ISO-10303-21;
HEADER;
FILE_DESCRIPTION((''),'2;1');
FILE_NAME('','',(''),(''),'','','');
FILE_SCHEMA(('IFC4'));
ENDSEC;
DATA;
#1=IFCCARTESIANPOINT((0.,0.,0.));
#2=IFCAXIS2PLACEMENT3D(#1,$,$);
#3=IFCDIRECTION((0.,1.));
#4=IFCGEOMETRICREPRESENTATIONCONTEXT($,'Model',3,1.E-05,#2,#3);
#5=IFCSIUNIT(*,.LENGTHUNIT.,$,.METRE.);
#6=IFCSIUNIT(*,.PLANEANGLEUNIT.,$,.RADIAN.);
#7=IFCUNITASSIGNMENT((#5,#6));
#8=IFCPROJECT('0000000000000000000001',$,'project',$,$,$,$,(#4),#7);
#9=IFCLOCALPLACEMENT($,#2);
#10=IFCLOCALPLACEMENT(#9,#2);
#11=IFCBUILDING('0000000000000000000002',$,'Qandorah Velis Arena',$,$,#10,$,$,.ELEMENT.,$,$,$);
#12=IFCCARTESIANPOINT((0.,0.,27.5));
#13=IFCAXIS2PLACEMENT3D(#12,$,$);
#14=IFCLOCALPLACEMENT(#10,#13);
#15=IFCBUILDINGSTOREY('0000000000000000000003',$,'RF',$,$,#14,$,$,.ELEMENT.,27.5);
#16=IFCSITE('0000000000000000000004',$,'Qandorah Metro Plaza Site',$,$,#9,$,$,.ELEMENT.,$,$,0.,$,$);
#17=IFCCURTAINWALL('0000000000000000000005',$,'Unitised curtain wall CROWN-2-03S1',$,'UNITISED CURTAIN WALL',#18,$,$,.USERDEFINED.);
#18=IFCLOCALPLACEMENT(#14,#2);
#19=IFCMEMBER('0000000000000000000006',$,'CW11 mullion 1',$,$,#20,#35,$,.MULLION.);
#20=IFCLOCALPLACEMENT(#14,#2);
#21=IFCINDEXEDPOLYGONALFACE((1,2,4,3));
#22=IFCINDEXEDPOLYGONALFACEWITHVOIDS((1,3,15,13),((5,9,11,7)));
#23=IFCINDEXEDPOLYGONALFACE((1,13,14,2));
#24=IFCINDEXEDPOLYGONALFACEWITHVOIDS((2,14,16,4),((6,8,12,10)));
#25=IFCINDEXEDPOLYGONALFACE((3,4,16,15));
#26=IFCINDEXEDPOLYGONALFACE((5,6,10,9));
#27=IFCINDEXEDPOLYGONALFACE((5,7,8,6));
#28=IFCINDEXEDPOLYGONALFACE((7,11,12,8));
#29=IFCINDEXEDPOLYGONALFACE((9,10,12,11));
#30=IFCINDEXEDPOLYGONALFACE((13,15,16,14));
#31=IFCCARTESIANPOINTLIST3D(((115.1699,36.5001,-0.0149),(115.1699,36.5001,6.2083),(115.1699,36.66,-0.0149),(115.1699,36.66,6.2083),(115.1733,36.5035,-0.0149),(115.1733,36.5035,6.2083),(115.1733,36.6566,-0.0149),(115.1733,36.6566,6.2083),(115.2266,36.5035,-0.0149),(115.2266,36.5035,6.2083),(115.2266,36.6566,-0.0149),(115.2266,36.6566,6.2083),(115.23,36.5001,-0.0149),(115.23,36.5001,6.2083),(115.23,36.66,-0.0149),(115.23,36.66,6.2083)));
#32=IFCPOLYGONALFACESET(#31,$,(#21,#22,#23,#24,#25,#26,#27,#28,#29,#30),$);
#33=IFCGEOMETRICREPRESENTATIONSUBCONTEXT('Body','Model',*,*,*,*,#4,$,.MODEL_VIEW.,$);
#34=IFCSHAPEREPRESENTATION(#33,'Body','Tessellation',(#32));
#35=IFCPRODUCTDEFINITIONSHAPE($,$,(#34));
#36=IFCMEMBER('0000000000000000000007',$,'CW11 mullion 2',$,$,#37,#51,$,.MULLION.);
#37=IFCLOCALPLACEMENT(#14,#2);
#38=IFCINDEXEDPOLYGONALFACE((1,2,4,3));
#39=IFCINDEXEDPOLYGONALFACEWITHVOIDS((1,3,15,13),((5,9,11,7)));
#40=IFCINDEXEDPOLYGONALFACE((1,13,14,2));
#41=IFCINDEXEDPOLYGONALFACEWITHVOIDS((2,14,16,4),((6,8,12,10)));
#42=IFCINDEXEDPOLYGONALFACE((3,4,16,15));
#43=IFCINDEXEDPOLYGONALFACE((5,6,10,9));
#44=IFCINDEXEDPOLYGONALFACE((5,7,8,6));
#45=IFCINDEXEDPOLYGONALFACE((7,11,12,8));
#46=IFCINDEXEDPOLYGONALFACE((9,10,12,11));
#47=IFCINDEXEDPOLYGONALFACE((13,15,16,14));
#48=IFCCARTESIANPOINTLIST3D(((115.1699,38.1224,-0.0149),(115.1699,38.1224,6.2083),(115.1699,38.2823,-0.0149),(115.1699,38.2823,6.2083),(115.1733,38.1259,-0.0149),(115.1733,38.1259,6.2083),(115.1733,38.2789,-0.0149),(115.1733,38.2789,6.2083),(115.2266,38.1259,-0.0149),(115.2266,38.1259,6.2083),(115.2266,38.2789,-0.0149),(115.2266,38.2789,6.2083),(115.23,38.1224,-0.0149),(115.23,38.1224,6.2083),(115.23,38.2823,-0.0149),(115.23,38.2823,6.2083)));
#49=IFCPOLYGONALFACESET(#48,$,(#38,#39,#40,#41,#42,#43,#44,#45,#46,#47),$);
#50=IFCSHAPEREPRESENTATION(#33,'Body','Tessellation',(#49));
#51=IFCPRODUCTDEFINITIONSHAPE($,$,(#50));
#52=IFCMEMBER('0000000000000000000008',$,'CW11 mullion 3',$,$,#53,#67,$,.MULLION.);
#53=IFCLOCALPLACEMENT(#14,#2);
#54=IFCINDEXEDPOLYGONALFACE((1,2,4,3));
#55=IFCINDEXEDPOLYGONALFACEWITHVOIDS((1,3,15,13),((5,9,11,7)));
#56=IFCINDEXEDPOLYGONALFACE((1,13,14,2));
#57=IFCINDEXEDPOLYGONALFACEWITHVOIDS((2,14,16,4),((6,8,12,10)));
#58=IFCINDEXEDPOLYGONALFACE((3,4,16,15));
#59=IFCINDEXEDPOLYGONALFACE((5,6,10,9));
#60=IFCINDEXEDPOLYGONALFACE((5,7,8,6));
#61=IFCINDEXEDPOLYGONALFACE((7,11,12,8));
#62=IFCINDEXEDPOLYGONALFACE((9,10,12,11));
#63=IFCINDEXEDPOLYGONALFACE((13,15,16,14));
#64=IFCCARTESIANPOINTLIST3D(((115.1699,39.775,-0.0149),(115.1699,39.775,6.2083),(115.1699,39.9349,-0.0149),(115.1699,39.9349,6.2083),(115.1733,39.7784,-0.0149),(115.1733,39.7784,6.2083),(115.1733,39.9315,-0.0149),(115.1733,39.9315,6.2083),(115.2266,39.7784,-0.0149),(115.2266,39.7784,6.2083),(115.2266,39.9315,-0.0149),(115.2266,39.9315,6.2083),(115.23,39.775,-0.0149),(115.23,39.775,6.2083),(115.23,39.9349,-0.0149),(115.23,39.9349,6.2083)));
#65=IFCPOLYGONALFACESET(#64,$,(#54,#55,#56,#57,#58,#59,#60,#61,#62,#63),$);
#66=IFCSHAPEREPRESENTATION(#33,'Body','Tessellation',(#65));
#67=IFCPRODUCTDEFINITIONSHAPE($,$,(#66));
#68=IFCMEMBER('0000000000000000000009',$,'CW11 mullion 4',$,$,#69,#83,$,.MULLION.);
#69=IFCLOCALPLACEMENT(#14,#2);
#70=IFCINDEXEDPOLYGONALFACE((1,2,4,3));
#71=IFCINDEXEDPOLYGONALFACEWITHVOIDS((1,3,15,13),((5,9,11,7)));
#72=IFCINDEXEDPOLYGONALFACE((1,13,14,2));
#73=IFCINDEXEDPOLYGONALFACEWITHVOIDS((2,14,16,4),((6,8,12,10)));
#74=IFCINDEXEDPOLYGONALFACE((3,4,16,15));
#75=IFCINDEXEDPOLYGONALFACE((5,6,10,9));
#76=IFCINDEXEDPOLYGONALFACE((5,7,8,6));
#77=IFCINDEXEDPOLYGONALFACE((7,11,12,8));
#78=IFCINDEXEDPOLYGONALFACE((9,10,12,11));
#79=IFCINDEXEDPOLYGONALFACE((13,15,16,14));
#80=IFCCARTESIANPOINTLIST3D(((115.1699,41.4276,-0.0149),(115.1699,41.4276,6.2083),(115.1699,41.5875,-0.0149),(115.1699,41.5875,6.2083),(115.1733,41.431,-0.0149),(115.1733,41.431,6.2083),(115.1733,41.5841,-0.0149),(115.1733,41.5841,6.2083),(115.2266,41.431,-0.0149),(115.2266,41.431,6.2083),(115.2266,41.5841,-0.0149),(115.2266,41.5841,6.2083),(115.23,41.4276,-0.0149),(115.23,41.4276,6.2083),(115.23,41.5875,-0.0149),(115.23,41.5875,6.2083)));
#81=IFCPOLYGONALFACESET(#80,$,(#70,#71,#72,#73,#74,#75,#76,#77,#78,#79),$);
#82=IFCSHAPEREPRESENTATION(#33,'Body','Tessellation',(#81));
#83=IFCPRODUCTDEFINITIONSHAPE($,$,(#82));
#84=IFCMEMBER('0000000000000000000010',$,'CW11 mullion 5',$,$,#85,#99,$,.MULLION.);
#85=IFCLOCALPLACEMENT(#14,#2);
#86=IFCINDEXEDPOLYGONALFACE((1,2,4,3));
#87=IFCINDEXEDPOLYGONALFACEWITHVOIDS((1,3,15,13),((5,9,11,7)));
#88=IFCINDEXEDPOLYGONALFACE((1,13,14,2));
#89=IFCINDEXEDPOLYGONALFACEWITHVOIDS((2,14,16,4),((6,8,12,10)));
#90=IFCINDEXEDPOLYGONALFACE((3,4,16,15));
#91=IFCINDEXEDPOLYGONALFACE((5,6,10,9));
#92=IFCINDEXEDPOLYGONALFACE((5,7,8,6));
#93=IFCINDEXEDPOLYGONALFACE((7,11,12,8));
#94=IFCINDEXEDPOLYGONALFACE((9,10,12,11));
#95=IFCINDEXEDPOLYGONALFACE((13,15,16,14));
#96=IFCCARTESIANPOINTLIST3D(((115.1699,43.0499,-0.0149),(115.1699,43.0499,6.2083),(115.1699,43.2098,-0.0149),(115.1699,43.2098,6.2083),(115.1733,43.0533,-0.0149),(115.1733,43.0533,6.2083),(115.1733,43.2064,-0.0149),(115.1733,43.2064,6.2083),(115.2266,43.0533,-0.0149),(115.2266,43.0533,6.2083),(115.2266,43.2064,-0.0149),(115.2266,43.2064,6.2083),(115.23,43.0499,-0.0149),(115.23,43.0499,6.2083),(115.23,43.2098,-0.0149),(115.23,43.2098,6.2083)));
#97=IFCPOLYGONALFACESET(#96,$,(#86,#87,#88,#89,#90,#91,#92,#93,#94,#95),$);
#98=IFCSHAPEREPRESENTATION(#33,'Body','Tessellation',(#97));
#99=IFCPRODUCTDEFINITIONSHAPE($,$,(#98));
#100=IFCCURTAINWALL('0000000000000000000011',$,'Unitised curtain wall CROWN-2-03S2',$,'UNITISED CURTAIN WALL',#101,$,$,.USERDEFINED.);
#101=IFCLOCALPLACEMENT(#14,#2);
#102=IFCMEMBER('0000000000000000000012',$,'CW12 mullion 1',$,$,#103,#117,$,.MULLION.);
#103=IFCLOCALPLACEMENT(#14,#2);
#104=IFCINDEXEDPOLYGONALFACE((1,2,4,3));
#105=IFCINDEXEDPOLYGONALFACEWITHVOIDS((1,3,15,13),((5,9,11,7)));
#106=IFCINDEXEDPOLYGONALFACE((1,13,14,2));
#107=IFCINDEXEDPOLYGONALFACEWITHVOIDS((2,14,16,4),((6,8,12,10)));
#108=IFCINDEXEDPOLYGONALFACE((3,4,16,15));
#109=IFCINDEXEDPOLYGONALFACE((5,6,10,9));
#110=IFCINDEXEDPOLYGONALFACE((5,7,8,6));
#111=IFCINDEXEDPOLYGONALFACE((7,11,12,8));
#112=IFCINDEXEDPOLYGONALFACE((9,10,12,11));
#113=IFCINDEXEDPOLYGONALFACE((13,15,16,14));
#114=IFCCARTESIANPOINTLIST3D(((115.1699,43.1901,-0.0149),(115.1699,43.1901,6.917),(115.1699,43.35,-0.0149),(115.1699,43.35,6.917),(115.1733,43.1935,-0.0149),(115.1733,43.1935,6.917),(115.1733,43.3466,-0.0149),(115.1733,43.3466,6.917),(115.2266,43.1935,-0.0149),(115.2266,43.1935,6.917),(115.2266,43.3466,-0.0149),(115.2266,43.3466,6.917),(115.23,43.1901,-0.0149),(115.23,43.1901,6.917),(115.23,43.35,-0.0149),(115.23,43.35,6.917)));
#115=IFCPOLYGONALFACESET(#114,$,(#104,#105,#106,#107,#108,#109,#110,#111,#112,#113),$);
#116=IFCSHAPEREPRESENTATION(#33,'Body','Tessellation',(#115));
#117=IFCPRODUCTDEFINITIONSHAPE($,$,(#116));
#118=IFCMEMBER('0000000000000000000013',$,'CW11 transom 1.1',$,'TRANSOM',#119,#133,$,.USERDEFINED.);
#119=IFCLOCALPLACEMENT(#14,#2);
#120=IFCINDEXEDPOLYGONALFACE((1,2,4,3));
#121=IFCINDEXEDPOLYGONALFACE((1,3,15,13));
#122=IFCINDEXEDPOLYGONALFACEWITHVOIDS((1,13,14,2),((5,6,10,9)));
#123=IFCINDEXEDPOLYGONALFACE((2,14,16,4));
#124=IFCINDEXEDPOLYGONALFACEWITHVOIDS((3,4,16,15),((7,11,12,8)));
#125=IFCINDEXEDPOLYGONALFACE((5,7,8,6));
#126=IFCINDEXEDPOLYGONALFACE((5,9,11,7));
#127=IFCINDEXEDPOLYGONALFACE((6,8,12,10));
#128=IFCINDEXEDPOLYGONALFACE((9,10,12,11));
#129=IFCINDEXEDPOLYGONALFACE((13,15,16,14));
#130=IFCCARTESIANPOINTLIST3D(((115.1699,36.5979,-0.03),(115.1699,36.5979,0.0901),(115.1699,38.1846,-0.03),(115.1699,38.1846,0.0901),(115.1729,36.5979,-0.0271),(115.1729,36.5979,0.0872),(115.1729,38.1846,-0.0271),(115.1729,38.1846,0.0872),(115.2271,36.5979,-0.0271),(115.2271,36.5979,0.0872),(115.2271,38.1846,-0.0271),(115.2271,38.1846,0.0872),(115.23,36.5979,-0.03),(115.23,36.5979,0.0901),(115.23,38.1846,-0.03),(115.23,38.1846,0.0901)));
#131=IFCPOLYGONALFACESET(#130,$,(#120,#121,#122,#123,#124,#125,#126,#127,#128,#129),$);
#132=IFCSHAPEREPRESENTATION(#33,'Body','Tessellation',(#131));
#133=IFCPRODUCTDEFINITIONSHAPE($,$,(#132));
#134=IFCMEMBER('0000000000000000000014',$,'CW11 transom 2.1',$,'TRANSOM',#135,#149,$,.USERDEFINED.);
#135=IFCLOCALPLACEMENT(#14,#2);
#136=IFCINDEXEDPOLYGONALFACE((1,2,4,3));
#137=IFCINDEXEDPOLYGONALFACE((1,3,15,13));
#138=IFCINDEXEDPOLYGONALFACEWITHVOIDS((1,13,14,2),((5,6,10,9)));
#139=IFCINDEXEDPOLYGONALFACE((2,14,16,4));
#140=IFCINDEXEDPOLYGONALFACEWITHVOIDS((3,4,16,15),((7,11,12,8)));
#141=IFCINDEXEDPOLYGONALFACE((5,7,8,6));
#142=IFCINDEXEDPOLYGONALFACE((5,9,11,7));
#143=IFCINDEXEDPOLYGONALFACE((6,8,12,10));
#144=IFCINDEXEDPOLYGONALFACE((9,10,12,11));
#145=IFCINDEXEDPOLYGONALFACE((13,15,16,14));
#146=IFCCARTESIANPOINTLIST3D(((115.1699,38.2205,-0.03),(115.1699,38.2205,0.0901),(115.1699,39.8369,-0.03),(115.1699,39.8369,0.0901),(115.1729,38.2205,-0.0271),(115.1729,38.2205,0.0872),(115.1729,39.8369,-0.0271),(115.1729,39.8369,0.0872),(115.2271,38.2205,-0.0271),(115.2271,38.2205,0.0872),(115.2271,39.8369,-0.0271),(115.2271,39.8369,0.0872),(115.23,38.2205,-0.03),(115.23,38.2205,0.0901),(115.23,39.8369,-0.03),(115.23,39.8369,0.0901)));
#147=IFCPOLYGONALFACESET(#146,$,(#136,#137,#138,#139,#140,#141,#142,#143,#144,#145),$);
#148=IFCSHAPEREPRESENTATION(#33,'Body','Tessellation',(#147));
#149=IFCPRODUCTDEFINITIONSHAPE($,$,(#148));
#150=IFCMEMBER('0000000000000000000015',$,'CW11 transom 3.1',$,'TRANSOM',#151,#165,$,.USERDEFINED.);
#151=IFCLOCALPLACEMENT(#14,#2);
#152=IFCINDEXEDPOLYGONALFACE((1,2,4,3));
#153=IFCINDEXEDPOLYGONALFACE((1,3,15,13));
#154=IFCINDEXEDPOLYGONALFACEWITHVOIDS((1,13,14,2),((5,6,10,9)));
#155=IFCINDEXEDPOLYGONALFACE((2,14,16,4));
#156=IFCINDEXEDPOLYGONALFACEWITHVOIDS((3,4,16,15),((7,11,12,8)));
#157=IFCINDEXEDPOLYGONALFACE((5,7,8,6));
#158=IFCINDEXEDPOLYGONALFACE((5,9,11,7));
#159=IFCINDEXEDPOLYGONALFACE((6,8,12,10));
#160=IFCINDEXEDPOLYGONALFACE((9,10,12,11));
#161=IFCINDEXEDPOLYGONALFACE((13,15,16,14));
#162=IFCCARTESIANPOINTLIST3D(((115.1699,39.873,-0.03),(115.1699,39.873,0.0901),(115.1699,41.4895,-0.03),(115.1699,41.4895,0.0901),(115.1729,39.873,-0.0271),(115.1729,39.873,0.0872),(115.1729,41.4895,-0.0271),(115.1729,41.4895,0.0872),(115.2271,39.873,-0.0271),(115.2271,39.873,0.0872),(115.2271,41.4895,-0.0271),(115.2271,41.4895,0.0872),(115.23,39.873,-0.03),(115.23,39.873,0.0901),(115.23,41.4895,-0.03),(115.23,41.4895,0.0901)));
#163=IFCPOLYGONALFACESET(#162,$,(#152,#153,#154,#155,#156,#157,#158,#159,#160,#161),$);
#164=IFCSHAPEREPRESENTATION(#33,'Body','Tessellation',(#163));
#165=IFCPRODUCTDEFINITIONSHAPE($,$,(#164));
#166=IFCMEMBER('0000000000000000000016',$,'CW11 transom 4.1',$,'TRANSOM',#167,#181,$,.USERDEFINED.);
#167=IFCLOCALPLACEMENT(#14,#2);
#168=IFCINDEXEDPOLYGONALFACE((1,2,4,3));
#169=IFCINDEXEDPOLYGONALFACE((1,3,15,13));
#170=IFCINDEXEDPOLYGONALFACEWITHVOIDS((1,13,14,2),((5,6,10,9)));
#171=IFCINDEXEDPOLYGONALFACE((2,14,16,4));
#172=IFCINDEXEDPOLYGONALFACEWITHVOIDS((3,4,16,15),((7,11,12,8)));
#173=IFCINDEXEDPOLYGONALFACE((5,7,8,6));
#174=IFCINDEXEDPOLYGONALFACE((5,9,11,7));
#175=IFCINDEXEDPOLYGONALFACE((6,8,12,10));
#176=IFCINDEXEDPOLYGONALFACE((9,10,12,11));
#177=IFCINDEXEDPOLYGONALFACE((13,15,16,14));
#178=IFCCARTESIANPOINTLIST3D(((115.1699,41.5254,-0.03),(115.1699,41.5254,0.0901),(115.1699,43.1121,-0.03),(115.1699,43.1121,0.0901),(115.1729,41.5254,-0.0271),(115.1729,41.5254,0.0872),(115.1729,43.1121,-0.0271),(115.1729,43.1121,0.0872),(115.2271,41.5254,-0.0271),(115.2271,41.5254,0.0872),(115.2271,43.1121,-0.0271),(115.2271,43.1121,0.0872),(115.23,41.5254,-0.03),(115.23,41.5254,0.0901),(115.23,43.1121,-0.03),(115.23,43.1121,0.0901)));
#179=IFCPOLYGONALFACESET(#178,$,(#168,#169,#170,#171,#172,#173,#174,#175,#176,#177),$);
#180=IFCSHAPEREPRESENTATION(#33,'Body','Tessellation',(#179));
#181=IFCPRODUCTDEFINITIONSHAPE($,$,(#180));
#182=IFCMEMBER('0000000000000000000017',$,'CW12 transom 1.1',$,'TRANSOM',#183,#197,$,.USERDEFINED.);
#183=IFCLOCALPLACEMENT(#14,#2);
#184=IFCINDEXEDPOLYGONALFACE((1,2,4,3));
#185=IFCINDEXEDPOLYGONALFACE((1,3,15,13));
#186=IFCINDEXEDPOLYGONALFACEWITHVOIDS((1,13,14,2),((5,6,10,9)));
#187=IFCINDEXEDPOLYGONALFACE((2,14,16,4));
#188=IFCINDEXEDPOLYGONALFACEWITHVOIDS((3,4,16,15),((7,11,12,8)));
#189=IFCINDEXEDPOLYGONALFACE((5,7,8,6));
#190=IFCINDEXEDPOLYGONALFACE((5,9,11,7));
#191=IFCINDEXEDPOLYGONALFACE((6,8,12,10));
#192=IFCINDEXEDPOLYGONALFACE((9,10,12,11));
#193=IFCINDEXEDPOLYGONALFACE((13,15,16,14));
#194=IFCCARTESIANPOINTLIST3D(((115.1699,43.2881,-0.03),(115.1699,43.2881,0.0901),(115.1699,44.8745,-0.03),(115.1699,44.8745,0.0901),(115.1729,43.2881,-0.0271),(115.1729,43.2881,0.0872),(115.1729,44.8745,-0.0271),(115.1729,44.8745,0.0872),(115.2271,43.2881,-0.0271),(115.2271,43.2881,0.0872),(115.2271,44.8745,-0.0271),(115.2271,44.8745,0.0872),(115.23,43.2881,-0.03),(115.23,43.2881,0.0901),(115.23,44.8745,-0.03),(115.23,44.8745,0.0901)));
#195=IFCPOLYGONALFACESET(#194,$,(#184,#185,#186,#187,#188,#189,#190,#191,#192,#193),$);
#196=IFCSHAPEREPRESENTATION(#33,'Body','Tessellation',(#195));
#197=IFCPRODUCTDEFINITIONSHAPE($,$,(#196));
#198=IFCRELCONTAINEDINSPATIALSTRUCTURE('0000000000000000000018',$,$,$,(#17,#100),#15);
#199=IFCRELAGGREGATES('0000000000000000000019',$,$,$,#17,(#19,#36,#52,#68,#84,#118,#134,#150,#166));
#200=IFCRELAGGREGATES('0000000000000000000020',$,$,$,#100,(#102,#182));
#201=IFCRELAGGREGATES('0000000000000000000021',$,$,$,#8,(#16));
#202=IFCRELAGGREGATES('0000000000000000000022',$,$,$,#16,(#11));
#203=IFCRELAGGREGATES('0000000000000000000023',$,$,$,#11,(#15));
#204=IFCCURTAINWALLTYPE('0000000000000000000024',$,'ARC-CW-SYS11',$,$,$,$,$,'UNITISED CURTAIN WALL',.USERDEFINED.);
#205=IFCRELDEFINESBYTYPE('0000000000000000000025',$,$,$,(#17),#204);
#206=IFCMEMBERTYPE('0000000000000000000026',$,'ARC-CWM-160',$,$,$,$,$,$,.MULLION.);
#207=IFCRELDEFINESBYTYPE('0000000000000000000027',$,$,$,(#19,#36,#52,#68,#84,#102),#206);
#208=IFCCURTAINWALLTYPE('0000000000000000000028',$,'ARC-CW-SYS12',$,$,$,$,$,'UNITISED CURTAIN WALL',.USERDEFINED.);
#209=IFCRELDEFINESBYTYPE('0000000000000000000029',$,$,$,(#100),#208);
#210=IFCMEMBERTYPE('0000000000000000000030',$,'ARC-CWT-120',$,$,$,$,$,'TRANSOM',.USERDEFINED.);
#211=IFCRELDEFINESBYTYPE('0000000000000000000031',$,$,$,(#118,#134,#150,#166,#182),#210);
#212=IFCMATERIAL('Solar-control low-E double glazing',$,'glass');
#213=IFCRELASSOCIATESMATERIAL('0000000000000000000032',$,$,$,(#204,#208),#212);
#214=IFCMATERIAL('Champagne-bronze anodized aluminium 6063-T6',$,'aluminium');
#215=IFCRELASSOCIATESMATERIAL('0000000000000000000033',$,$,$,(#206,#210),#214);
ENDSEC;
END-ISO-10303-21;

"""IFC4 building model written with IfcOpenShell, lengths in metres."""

from ifc_helpers import new_model, si_unit, direction, frame, origin, origin_2d, place, context, subcontext, project, spatial, hollow_rectangle, extrude, material, material_profile, profile_set, type_object, element, aggregate, save


model = new_model("IFC4")

# Units and contexts
model_context = context("Model", 3, precision=1e-05, world=origin(), true_north=direction((0.0, 1.0)))
body_context = subcontext(model_context, "Body", "Model", "MODEL_VIEW")
ifc_project = project(units=[si_unit("LENGTHUNIT", "METRE"), si_unit("PLANEANGLEUNIT", "RADIAN")], contexts=[model_context])

# Site, building, storey
site_placement = place(None, origin())
site = spatial("IfcSite", under=ifc_project, at=site_placement, Name="Qandorah Metro Plaza Site", CompositionType="ELEMENT", RefElevation=0.0)
building_placement = place(site_placement, origin())
building = spatial("IfcBuilding", under=site, at=building_placement, Name="Qandorah Velis Arena", CompositionType="ELEMENT")
storey_placement = place(building_placement, frame((0.0, 0.0, 27.5)))
storey = spatial("IfcBuildingStorey", under=building, at=storey_placement, Name="RF", CompositionType="ELEMENT", Elevation=27.5)

# Curtain wall, members
ifc_material_1 = material(Name="Solar-control low-E double glazing", Category="glass")
curtain_wall_type_1 = type_object("IfcCurtainWallType", Name="ARC-CW-SYS11", ElementType="UNITISED CURTAIN WALL", PredefinedType="USERDEFINED", material=ifc_material_1)
curtain_wall_1_placement = place(storey_placement, origin())
curtain_wall_1 = element("IfcCurtainWall", 1, at=curtain_wall_1_placement, inside=storey, type_object=curtain_wall_type_1, Name="Unitised curtain wall CROWN-2-03S1", ObjectType="UNITISED CURTAIN WALL", PredefinedType="USERDEFINED")
ifc_material_2 = material(Name="Champagne-bronze anodized aluminium 6063-T6", Category="aluminium")
ifc_material_profile_1 = material_profile(ifc_material_2, hollow_rectangle(XDim=0.0601, YDim=0.1599, WallThickness=0.0034, at=origin_2d()), Name="ALU MULLION 60x160")
ifc_profile_set_1 = profile_set([ifc_material_profile_1], Name="Champagne-bronze anodized aluminium 6063-T6")
member_type_1 = type_object("IfcMemberType", Name="ARC-CWM-160", PredefinedType="MULLION", material=ifc_profile_set_1)
member_1_placement = place(storey_placement, frame((115.2, 36.5801, -0.0149), z_axis=(0.0, 0.0, 1.0), x_axis=(-1.0, 0.0, 0.0)))
member_1 = element("IfcMember", 2, at=member_1_placement, type_object=member_type_1, Name="CW11 mullion 1", PredefinedType="MULLION", context=body_context, shape_type="SweptSolid", body=[
    extrude(hollow_rectangle(XDim=0.0601, YDim=0.1599, WallThickness=0.0034, at=origin_2d()), origin(), (0.0, 0.0, 1.0), 6.2231),
])
member_2_placement = place(storey_placement, frame((115.2, 38.2024, -0.0149), z_axis=(0.0, 0.0, 1.0), x_axis=(-1.0, 0.0, 0.0)))
member_2 = element("IfcMember", 3, at=member_2_placement, type_object=member_type_1, Name="CW11 mullion 2", PredefinedType="MULLION", context=body_context, shape_type="SweptSolid", body=[
    extrude(hollow_rectangle(XDim=0.0601, YDim=0.1599, WallThickness=0.0034, at=origin_2d()), origin(), (0.0, 0.0, 1.0), 6.2231),
])
member_3_placement = place(storey_placement, frame((115.2, 39.855, -0.0149), z_axis=(0.0, 0.0, 1.0), x_axis=(-1.0, 0.0, 0.0)))
member_3 = element("IfcMember", 4, at=member_3_placement, type_object=member_type_1, Name="CW11 mullion 3", PredefinedType="MULLION", context=body_context, shape_type="SweptSolid", body=[
    extrude(hollow_rectangle(XDim=0.0601, YDim=0.1599, WallThickness=0.0034, at=origin_2d()), origin(), (0.0, 0.0, 1.0), 6.2231),
])
member_4_placement = place(storey_placement, frame((115.2, 41.5076, -0.0149), z_axis=(0.0, 0.0, 1.0), x_axis=(-1.0, 0.0, 0.0)))
member_4 = element("IfcMember", 5, at=member_4_placement, type_object=member_type_1, Name="CW11 mullion 4", PredefinedType="MULLION", context=body_context, shape_type="SweptSolid", body=[
    extrude(hollow_rectangle(XDim=0.0601, YDim=0.1599, WallThickness=0.0034, at=origin_2d()), origin(), (0.0, 0.0, 1.0), 6.2231),
])
member_5_placement = place(storey_placement, frame((115.2, 43.1299, -0.0149), z_axis=(0.0, 0.0, 1.0), x_axis=(-1.0, 0.0, 0.0)))
member_5 = element("IfcMember", 6, at=member_5_placement, type_object=member_type_1, Name="CW11 mullion 5", PredefinedType="MULLION", context=body_context, shape_type="SweptSolid", body=[
    extrude(hollow_rectangle(XDim=0.0601, YDim=0.1599, WallThickness=0.0034, at=origin_2d()), origin(), (0.0, 0.0, 1.0), 6.2231),
])

# Curtain wall, member
curtain_wall_type_2 = type_object("IfcCurtainWallType", Name="ARC-CW-SYS12", ElementType="UNITISED CURTAIN WALL", PredefinedType="USERDEFINED", material=ifc_material_1)
curtain_wall_2_placement = place(storey_placement, origin())
curtain_wall_2 = element("IfcCurtainWall", 7, at=curtain_wall_2_placement, inside=storey, type_object=curtain_wall_type_2, Name="Unitised curtain wall CROWN-2-03S2", ObjectType="UNITISED CURTAIN WALL", PredefinedType="USERDEFINED")
member_6_placement = place(storey_placement, frame((115.2, 43.27, -0.0149), z_axis=(0.0, 0.0, 1.0), x_axis=(-1.0, 0.0, 0.0)))
member_6 = element("IfcMember", 8, at=member_6_placement, type_object=member_type_1, Name="CW12 mullion 1", PredefinedType="MULLION", context=body_context, shape_type="SweptSolid", body=[
    extrude(hollow_rectangle(XDim=0.0601, YDim=0.1599, WallThickness=0.0034, at=origin_2d()), origin(), (0.0, 0.0, 1.0), 6.9319),
])

# Members
ifc_material_profile_2 = material_profile(ifc_material_2, hollow_rectangle(XDim=0.0601, YDim=0.1201, WallThickness=0.0029, at=origin_2d()), Name="ALU TRANSOM 60x120")
ifc_profile_set_2 = profile_set([ifc_material_profile_2], Name="Champagne-bronze anodized aluminium 6063-T6")
member_type_2 = type_object("IfcMemberType", Name="ARC-CWT-120", ElementType="TRANSOM", PredefinedType="USERDEFINED", material=ifc_profile_set_2)
member_7_placement = place(storey_placement, frame((115.2, 36.5979, 0.03), z_axis=(0.0, 1.0, 0.0), x_axis=(-1.0, 0.0, 0.0)))
member_7 = element("IfcMember", 9, at=member_7_placement, type_object=member_type_2, Name="CW11 transom 1.1", ObjectType="TRANSOM", PredefinedType="USERDEFINED", context=body_context, shape_type="SweptSolid", body=[
    extrude(hollow_rectangle(XDim=0.0601, YDim=0.1201, WallThickness=0.0029, at=origin_2d()), origin(), (0.0, 0.0, 1.0), 1.5867),
])
member_8_placement = place(storey_placement, frame((115.2, 38.2205, 0.03), z_axis=(0.0, 1.0, 0.0), x_axis=(-1.0, 0.0, 0.0)))
member_8 = element("IfcMember", 10, at=member_8_placement, type_object=member_type_2, Name="CW11 transom 2.1", ObjectType="TRANSOM", PredefinedType="USERDEFINED", context=body_context, shape_type="SweptSolid", body=[
    extrude(hollow_rectangle(XDim=0.0601, YDim=0.1201, WallThickness=0.0029, at=origin_2d()), origin(), (0.0, 0.0, 1.0), 1.6165),
])
member_9_placement = place(storey_placement, frame((115.2, 39.873, 0.03), z_axis=(0.0, 1.0, 0.0), x_axis=(-1.0, 0.0, 0.0)))
member_9 = element("IfcMember", 11, at=member_9_placement, type_object=member_type_2, Name="CW11 transom 3.1", ObjectType="TRANSOM", PredefinedType="USERDEFINED", context=body_context, shape_type="SweptSolid", body=[
    extrude(hollow_rectangle(XDim=0.0601, YDim=0.1201, WallThickness=0.0029, at=origin_2d()), origin(), (0.0, 0.0, 1.0), 1.6165),
])
member_10_placement = place(storey_placement, frame((115.2, 41.5254, 0.03), z_axis=(0.0, 1.0, 0.0), x_axis=(-1.0, 0.0, 0.0)))
member_10 = element("IfcMember", 12, at=member_10_placement, type_object=member_type_2, Name="CW11 transom 4.1", ObjectType="TRANSOM", PredefinedType="USERDEFINED", context=body_context, shape_type="SweptSolid", body=[
    extrude(hollow_rectangle(XDim=0.0601, YDim=0.1201, WallThickness=0.0029, at=origin_2d()), origin(), (0.0, 0.0, 1.0), 1.5867),
])
member_11_placement = place(storey_placement, frame((115.2, 43.2881, 0.03), z_axis=(0.0, 1.0, 0.0), x_axis=(-1.0, 0.0, 0.0)))
member_11 = element("IfcMember", 13, at=member_11_placement, type_object=member_type_2, Name="CW12 transom 1.1", ObjectType="TRANSOM", PredefinedType="USERDEFINED", context=body_context, shape_type="SweptSolid", body=[
    extrude(hollow_rectangle(XDim=0.0601, YDim=0.1201, WallThickness=0.0029, at=origin_2d()), origin(), (0.0, 0.0, 1.0), 1.5864),
])

aggregate(curtain_wall_1, [member_1, member_2, member_3, member_4, member_5, member_7, member_8, member_9, member_10])
aggregate(curtain_wall_2, [member_6, member_11])

save(model, "model.ifc")
